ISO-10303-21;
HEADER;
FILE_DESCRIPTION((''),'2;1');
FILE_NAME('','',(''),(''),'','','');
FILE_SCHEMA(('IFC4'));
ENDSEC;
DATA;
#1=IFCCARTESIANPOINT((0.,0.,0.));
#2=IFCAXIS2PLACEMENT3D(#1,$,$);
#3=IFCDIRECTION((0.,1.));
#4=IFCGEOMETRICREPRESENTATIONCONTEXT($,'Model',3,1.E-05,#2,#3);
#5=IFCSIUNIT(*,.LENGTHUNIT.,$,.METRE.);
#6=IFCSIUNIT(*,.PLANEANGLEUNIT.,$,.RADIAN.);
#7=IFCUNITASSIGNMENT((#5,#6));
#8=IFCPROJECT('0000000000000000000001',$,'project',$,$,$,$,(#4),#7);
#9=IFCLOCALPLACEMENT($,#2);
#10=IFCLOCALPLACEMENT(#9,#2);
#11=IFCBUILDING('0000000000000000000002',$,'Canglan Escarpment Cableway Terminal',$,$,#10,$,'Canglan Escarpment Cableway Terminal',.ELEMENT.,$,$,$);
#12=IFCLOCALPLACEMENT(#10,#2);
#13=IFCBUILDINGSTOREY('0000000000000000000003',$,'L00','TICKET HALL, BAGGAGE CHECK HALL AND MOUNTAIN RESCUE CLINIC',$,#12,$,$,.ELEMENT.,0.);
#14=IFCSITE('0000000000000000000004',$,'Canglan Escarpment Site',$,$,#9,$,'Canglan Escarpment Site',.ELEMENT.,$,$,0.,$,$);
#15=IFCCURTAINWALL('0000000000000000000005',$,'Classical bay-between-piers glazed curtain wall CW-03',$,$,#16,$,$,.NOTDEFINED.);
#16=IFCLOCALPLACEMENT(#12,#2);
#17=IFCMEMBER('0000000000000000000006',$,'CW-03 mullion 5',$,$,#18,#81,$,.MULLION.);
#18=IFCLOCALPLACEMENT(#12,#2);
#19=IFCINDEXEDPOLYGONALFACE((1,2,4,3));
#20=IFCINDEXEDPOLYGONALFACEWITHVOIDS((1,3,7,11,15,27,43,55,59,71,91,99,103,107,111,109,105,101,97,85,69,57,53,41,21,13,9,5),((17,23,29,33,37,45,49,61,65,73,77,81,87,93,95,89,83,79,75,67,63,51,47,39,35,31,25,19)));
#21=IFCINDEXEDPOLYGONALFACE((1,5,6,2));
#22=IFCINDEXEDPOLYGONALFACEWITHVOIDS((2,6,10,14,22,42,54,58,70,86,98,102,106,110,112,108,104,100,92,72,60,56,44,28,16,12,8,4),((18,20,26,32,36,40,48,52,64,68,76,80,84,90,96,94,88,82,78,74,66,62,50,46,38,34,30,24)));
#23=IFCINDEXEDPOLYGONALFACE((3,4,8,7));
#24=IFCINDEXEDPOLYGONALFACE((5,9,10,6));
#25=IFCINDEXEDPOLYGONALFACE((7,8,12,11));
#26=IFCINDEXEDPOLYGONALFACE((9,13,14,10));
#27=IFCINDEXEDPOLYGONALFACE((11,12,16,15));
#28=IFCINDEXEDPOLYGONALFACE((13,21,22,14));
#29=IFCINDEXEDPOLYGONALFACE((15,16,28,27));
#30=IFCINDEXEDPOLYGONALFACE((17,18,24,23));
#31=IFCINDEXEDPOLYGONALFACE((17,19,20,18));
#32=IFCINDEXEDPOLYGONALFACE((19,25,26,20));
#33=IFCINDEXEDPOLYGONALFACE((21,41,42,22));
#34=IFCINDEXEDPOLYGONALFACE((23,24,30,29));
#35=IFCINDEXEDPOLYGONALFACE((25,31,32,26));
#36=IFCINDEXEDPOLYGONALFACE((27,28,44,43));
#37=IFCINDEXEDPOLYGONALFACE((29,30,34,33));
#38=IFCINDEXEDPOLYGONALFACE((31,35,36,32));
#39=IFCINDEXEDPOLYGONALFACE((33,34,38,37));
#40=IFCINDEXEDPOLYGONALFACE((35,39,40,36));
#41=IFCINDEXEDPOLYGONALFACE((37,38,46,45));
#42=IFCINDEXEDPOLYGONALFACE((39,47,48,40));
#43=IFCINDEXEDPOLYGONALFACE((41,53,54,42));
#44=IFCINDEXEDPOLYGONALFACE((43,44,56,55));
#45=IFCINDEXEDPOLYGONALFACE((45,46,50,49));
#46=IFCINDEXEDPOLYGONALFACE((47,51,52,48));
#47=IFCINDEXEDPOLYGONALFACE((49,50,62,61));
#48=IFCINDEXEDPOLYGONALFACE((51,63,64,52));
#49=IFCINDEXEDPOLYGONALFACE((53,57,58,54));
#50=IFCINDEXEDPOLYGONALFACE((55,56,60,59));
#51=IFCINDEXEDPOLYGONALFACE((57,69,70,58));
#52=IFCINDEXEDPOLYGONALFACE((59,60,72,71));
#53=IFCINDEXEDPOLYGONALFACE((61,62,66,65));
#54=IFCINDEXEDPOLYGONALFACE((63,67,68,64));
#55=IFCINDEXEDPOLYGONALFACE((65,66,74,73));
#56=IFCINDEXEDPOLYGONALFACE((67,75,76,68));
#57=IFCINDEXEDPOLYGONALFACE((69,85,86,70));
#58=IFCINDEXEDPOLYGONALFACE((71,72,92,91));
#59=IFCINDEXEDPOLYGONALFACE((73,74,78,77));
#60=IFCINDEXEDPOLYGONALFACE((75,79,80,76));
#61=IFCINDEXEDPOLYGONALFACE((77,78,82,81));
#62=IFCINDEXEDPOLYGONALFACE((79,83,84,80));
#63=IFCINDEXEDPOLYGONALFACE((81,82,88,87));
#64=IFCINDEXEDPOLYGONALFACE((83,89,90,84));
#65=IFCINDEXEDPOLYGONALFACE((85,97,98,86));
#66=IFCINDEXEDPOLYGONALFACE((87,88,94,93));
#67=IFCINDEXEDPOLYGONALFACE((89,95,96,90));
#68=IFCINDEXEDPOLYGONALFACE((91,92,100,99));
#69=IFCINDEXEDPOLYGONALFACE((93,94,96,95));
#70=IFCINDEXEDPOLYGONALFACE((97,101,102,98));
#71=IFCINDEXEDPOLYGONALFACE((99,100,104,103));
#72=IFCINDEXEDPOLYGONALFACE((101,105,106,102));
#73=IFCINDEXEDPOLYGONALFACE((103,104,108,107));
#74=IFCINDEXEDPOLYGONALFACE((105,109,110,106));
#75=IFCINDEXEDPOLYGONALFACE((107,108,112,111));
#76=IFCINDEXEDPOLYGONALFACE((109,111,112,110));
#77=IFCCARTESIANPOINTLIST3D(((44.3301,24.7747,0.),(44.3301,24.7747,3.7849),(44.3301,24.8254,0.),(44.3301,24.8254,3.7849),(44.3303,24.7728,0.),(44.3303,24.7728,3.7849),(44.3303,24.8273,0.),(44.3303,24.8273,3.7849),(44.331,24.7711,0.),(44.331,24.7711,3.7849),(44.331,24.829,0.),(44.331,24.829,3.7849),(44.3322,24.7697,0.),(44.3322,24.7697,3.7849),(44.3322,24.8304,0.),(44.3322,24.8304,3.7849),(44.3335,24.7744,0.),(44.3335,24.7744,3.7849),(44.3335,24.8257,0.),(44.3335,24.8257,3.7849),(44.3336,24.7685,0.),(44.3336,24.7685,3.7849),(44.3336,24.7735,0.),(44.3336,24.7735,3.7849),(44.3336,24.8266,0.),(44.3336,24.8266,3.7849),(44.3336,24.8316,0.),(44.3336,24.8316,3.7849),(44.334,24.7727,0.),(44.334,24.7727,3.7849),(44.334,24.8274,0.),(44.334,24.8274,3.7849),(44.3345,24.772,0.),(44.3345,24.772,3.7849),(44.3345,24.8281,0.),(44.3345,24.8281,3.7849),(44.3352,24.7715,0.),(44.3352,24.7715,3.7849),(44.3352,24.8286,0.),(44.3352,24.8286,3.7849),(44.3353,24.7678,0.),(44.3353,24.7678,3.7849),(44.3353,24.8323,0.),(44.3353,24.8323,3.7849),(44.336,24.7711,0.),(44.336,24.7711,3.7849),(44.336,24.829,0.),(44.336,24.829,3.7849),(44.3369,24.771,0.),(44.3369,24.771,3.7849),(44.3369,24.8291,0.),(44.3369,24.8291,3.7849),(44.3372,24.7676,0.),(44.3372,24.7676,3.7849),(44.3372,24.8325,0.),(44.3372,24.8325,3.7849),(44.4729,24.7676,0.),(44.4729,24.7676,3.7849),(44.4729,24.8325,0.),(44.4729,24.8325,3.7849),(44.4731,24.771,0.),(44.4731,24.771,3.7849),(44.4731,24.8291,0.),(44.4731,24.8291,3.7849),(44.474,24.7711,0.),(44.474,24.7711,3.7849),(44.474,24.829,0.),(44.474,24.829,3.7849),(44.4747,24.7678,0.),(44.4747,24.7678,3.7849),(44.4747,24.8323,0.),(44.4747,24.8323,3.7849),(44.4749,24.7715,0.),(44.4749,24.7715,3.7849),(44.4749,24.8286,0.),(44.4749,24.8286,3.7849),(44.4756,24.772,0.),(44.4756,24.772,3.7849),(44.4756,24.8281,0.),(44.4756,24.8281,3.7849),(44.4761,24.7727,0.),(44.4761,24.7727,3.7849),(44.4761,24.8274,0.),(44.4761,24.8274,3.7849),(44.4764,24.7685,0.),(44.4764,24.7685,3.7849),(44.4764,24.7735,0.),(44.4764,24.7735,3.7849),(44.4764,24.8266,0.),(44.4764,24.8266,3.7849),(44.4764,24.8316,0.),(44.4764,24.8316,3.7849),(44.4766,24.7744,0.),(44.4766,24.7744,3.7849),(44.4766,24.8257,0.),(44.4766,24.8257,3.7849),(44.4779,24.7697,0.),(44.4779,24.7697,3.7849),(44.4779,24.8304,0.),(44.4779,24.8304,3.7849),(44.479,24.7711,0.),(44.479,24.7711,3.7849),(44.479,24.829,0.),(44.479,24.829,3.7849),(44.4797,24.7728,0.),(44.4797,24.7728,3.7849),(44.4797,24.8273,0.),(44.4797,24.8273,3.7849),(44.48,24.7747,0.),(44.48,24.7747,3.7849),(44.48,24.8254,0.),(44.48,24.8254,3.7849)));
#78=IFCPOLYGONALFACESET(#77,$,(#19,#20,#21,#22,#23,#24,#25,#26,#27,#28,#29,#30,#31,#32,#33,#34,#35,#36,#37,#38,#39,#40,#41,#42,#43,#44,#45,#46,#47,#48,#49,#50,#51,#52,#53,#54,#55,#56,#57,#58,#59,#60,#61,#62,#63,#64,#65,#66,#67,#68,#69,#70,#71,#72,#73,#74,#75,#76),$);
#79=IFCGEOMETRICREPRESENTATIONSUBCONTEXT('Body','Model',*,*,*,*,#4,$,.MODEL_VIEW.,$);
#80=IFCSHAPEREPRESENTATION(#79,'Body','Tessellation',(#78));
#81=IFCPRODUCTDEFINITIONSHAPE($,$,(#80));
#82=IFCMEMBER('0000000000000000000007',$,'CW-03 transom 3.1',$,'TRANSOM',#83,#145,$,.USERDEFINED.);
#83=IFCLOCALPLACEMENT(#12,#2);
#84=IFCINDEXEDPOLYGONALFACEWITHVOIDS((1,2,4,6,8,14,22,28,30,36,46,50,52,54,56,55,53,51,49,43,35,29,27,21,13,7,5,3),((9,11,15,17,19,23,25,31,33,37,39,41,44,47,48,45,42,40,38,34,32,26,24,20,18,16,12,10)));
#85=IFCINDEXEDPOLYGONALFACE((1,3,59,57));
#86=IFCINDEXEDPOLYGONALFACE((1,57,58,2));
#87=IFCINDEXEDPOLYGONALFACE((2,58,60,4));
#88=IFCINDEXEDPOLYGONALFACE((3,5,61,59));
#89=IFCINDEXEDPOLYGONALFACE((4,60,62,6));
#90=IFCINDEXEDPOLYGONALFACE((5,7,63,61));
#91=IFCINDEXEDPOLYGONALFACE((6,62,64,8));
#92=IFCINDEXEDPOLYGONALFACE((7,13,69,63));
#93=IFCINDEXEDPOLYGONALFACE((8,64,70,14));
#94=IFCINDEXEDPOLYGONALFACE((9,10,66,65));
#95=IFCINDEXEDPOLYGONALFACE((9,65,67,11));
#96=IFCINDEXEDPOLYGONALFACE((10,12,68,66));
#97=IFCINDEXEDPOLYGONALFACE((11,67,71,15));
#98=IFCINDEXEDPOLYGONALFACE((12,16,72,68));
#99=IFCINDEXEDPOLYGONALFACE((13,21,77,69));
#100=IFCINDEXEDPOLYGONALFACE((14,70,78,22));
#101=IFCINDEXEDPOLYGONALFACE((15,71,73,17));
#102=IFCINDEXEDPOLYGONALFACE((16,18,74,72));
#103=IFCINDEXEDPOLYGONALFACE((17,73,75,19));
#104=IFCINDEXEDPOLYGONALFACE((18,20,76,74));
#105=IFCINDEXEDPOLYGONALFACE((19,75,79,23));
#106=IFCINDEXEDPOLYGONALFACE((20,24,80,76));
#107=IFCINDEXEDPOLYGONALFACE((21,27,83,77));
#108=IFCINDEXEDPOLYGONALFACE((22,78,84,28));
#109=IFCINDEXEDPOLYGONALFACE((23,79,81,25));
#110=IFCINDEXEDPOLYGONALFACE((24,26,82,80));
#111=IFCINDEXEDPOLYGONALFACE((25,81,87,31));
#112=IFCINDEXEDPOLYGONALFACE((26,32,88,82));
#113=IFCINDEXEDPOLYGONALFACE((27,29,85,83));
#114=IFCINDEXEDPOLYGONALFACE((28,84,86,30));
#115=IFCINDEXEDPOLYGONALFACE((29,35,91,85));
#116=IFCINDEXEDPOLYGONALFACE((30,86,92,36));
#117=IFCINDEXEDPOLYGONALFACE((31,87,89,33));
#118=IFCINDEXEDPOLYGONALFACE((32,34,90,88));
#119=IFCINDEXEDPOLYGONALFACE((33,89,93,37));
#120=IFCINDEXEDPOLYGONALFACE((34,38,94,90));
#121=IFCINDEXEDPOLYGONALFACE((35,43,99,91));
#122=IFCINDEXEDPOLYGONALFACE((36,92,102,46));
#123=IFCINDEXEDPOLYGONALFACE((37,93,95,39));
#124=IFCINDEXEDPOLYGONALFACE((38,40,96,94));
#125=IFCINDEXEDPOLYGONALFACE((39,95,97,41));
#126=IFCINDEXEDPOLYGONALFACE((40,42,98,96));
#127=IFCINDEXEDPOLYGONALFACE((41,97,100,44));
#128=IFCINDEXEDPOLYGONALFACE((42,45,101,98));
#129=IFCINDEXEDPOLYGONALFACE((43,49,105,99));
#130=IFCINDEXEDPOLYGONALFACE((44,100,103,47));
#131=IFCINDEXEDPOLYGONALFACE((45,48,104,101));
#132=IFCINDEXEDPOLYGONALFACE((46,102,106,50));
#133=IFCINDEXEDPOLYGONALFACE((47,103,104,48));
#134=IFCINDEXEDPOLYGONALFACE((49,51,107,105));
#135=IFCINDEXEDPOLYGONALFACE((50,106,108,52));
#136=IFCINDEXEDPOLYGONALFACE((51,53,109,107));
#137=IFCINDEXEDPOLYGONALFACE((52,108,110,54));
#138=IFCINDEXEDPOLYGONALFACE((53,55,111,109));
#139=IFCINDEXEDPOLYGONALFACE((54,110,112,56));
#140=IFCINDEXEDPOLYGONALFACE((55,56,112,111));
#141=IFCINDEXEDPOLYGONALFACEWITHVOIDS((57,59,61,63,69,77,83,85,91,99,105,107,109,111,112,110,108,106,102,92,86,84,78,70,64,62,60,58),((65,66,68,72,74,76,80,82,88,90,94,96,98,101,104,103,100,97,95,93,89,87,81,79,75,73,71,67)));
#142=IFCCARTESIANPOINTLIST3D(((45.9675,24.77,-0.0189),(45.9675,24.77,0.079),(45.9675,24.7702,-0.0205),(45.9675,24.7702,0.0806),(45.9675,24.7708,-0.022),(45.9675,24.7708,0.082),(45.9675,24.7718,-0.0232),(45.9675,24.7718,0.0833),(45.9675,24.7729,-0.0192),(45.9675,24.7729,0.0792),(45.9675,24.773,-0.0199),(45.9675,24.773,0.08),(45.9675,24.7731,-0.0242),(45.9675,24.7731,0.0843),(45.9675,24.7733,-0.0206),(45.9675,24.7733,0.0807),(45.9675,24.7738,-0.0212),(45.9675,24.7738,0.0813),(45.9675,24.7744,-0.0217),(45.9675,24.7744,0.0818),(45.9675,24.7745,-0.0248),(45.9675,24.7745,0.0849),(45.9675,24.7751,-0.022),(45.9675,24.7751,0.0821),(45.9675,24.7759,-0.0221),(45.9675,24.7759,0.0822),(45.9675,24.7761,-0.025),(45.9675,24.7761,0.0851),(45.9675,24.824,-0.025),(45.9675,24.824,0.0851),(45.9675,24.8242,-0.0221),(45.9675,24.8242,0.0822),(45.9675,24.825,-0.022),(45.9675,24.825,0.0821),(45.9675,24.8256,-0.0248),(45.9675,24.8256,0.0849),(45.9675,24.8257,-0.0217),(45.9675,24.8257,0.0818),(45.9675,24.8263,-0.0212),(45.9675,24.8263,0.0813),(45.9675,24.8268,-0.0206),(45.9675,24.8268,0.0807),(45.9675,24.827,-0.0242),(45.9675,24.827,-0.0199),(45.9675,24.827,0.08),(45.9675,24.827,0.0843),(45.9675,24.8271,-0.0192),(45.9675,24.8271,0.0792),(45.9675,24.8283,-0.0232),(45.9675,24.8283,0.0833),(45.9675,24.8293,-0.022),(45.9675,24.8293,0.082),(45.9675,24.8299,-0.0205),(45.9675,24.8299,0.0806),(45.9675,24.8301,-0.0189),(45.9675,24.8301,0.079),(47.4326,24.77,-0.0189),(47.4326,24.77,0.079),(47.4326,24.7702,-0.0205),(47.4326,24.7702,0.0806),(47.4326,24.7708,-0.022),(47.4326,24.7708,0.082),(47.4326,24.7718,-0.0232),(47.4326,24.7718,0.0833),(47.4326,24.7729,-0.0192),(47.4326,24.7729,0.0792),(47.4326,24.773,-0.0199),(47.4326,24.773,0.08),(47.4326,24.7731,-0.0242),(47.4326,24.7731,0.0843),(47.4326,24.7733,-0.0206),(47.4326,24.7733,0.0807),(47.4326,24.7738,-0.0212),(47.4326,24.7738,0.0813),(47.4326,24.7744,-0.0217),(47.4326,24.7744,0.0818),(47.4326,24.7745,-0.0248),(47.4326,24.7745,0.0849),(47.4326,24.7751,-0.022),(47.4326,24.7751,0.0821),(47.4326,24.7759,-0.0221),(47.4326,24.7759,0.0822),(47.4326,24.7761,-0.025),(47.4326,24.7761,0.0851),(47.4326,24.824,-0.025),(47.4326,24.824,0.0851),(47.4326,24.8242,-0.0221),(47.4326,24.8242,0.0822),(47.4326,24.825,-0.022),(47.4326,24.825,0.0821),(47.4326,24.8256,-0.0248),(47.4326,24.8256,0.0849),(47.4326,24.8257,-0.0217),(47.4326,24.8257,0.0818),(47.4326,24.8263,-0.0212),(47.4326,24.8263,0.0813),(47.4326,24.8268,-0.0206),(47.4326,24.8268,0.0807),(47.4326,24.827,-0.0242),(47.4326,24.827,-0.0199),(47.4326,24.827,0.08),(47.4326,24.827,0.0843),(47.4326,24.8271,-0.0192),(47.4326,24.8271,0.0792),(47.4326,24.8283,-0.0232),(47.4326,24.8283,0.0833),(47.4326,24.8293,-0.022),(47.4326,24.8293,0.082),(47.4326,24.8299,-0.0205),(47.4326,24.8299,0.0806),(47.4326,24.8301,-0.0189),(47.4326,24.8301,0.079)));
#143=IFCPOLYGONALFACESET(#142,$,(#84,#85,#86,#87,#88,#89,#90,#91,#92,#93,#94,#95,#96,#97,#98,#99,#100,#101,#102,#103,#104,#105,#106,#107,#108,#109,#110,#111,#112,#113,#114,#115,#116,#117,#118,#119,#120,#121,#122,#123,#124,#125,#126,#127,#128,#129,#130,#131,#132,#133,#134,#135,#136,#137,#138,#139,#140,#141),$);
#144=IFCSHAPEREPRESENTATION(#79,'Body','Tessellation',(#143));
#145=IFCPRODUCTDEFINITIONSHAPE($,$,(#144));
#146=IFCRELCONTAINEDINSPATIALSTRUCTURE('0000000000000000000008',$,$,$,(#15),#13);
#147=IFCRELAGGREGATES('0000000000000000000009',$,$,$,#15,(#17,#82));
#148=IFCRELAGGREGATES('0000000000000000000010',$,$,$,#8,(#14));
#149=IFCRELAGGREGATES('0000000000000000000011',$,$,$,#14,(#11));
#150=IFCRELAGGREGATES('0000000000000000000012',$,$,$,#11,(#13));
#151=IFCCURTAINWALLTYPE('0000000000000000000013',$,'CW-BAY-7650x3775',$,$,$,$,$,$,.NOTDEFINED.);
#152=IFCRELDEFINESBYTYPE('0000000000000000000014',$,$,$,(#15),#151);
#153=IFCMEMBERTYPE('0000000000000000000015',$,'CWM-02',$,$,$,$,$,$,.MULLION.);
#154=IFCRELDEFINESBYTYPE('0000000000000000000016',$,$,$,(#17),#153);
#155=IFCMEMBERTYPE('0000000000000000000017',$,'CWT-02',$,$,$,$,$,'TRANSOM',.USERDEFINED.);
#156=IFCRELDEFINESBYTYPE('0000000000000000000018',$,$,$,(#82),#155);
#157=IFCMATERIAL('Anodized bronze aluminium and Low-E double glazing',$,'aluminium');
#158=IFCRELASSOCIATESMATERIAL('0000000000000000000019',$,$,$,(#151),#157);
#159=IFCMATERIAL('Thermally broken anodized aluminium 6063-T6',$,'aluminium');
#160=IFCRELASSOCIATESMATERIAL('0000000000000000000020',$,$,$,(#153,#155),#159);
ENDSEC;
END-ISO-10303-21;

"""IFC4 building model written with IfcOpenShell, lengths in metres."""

from ifc_helpers import new_model, si_unit, direction, frame, origin, origin_2d, place, context, subcontext, project, spatial, hollow_rectangle, extrude, material, material_profile, profile_set, type_object, element, aggregate, save


model = new_model("IFC4")

# Units and contexts
model_context = context("Model", 3, precision=1e-05, world=origin(), true_north=direction((0.0, 1.0)))
body_context = subcontext(model_context, "Body", "Model", "MODEL_VIEW")
ifc_project = project(units=[si_unit("LENGTHUNIT", "METRE"), si_unit("PLANEANGLEUNIT", "RADIAN")], contexts=[model_context])

# Site, building, storey
site_placement = place(None, origin())
site = spatial("IfcSite", under=ifc_project, at=site_placement, Name="Canglan Escarpment Site", LongName="Canglan Escarpment Site", CompositionType="ELEMENT", RefElevation=0.0)
building_placement = place(site_placement, origin())
building = spatial("IfcBuilding", under=site, at=building_placement, Name="Canglan Escarpment Cableway Terminal", LongName="Canglan Escarpment Cableway Terminal", CompositionType="ELEMENT")
storey_placement = place(building_placement, origin())
storey = spatial("IfcBuildingStorey", under=building, at=storey_placement, Name="L00", Description="TICKET HALL, BAGGAGE CHECK HALL AND MOUNTAIN RESCUE CLINIC", CompositionType="ELEMENT", Elevation=0.0)

# Curtain wall, members
ifc_material_1 = material(Name="Anodized bronze aluminium and Low-E double glazing", Category="aluminium")
curtain_wall_type = type_object("IfcCurtainWallType", Name="CW-BAY-7650x3775", PredefinedType="NOTDEFINED", material=ifc_material_1)
curtain_wall_placement = place(storey_placement, origin())
curtain_wall = element("IfcCurtainWall", 1, at=curtain_wall_placement, inside=storey, type_object=curtain_wall_type, Name="Classical bay-between-piers glazed curtain wall CW-03", PredefinedType="NOTDEFINED")
ifc_material_2 = material(Name="Thermally broken anodized aluminium 6063-T6", Category="aluminium")
ifc_material_profile_1 = material_profile(ifc_material_2, hollow_rectangle(XDim=0.0649, YDim=0.1499, WallThickness=0.0034, InnerFilletRadius=0.0034, OuterFilletRadius=0.0071, at=origin_2d()), Name="ALU-MULL 65x150x3.5")
ifc_profile_set_1 = profile_set([ifc_material_profile_1], Name="Thermally broken anodized aluminium 6063-T6")
member_type_1 = type_object("IfcMemberType", Name="CWM-02", PredefinedType="MULLION", material=ifc_profile_set_1)
member_1_placement = place(storey_placement, frame((44.405, 24.8, 0.0), z_axis=(0.0, 0.0, 1.0), x_axis=(0.0, -1.0, 0.0)))
member_1 = element("IfcMember", 2, at=member_1_placement, type_object=member_type_1, Name="CW-03 mullion 5", PredefinedType="MULLION", context=body_context, shape_type="SweptSolid", body=[
    extrude(hollow_rectangle(XDim=0.0649, YDim=0.1499, WallThickness=0.0034, InnerFilletRadius=0.0034, OuterFilletRadius=0.0071, at=origin_2d()), origin(), (0.0, 0.0, 1.0), 3.7849),
])
ifc_material_profile_2 = material_profile(ifc_material_2, hollow_rectangle(XDim=0.0601, YDim=0.1101, WallThickness=0.0029, InnerFilletRadius=0.0029, OuterFilletRadius=0.0061, at=origin_2d()), Name="ALU-TRAN 60x110x3")
ifc_profile_set_2 = profile_set([ifc_material_profile_2], Name="Thermally broken anodized aluminium 6063-T6")
member_type_2 = type_object("IfcMemberType", Name="CWT-02", ElementType="TRANSOM", PredefinedType="USERDEFINED", material=ifc_profile_set_2)
member_2_placement = place(storey_placement, frame((47.4326, 24.8, 0.03), z_axis=(-1.0, 0.0, 0.0), x_axis=(0.0, -1.0, 0.0)))
member_2 = element("IfcMember", 3, at=member_2_placement, type_object=member_type_2, Name="CW-03 transom 3.1", ObjectType="TRANSOM", PredefinedType="USERDEFINED", context=body_context, shape_type="SweptSolid", body=[
    extrude(hollow_rectangle(XDim=0.0601, YDim=0.1101, WallThickness=0.0029, InnerFilletRadius=0.0029, OuterFilletRadius=0.0061, at=origin_2d()), origin(), (0.0, 0.0, 1.0), 1.4651),
])
aggregate(curtain_wall, [member_1, member_2])

save(model, "model.ifc")
